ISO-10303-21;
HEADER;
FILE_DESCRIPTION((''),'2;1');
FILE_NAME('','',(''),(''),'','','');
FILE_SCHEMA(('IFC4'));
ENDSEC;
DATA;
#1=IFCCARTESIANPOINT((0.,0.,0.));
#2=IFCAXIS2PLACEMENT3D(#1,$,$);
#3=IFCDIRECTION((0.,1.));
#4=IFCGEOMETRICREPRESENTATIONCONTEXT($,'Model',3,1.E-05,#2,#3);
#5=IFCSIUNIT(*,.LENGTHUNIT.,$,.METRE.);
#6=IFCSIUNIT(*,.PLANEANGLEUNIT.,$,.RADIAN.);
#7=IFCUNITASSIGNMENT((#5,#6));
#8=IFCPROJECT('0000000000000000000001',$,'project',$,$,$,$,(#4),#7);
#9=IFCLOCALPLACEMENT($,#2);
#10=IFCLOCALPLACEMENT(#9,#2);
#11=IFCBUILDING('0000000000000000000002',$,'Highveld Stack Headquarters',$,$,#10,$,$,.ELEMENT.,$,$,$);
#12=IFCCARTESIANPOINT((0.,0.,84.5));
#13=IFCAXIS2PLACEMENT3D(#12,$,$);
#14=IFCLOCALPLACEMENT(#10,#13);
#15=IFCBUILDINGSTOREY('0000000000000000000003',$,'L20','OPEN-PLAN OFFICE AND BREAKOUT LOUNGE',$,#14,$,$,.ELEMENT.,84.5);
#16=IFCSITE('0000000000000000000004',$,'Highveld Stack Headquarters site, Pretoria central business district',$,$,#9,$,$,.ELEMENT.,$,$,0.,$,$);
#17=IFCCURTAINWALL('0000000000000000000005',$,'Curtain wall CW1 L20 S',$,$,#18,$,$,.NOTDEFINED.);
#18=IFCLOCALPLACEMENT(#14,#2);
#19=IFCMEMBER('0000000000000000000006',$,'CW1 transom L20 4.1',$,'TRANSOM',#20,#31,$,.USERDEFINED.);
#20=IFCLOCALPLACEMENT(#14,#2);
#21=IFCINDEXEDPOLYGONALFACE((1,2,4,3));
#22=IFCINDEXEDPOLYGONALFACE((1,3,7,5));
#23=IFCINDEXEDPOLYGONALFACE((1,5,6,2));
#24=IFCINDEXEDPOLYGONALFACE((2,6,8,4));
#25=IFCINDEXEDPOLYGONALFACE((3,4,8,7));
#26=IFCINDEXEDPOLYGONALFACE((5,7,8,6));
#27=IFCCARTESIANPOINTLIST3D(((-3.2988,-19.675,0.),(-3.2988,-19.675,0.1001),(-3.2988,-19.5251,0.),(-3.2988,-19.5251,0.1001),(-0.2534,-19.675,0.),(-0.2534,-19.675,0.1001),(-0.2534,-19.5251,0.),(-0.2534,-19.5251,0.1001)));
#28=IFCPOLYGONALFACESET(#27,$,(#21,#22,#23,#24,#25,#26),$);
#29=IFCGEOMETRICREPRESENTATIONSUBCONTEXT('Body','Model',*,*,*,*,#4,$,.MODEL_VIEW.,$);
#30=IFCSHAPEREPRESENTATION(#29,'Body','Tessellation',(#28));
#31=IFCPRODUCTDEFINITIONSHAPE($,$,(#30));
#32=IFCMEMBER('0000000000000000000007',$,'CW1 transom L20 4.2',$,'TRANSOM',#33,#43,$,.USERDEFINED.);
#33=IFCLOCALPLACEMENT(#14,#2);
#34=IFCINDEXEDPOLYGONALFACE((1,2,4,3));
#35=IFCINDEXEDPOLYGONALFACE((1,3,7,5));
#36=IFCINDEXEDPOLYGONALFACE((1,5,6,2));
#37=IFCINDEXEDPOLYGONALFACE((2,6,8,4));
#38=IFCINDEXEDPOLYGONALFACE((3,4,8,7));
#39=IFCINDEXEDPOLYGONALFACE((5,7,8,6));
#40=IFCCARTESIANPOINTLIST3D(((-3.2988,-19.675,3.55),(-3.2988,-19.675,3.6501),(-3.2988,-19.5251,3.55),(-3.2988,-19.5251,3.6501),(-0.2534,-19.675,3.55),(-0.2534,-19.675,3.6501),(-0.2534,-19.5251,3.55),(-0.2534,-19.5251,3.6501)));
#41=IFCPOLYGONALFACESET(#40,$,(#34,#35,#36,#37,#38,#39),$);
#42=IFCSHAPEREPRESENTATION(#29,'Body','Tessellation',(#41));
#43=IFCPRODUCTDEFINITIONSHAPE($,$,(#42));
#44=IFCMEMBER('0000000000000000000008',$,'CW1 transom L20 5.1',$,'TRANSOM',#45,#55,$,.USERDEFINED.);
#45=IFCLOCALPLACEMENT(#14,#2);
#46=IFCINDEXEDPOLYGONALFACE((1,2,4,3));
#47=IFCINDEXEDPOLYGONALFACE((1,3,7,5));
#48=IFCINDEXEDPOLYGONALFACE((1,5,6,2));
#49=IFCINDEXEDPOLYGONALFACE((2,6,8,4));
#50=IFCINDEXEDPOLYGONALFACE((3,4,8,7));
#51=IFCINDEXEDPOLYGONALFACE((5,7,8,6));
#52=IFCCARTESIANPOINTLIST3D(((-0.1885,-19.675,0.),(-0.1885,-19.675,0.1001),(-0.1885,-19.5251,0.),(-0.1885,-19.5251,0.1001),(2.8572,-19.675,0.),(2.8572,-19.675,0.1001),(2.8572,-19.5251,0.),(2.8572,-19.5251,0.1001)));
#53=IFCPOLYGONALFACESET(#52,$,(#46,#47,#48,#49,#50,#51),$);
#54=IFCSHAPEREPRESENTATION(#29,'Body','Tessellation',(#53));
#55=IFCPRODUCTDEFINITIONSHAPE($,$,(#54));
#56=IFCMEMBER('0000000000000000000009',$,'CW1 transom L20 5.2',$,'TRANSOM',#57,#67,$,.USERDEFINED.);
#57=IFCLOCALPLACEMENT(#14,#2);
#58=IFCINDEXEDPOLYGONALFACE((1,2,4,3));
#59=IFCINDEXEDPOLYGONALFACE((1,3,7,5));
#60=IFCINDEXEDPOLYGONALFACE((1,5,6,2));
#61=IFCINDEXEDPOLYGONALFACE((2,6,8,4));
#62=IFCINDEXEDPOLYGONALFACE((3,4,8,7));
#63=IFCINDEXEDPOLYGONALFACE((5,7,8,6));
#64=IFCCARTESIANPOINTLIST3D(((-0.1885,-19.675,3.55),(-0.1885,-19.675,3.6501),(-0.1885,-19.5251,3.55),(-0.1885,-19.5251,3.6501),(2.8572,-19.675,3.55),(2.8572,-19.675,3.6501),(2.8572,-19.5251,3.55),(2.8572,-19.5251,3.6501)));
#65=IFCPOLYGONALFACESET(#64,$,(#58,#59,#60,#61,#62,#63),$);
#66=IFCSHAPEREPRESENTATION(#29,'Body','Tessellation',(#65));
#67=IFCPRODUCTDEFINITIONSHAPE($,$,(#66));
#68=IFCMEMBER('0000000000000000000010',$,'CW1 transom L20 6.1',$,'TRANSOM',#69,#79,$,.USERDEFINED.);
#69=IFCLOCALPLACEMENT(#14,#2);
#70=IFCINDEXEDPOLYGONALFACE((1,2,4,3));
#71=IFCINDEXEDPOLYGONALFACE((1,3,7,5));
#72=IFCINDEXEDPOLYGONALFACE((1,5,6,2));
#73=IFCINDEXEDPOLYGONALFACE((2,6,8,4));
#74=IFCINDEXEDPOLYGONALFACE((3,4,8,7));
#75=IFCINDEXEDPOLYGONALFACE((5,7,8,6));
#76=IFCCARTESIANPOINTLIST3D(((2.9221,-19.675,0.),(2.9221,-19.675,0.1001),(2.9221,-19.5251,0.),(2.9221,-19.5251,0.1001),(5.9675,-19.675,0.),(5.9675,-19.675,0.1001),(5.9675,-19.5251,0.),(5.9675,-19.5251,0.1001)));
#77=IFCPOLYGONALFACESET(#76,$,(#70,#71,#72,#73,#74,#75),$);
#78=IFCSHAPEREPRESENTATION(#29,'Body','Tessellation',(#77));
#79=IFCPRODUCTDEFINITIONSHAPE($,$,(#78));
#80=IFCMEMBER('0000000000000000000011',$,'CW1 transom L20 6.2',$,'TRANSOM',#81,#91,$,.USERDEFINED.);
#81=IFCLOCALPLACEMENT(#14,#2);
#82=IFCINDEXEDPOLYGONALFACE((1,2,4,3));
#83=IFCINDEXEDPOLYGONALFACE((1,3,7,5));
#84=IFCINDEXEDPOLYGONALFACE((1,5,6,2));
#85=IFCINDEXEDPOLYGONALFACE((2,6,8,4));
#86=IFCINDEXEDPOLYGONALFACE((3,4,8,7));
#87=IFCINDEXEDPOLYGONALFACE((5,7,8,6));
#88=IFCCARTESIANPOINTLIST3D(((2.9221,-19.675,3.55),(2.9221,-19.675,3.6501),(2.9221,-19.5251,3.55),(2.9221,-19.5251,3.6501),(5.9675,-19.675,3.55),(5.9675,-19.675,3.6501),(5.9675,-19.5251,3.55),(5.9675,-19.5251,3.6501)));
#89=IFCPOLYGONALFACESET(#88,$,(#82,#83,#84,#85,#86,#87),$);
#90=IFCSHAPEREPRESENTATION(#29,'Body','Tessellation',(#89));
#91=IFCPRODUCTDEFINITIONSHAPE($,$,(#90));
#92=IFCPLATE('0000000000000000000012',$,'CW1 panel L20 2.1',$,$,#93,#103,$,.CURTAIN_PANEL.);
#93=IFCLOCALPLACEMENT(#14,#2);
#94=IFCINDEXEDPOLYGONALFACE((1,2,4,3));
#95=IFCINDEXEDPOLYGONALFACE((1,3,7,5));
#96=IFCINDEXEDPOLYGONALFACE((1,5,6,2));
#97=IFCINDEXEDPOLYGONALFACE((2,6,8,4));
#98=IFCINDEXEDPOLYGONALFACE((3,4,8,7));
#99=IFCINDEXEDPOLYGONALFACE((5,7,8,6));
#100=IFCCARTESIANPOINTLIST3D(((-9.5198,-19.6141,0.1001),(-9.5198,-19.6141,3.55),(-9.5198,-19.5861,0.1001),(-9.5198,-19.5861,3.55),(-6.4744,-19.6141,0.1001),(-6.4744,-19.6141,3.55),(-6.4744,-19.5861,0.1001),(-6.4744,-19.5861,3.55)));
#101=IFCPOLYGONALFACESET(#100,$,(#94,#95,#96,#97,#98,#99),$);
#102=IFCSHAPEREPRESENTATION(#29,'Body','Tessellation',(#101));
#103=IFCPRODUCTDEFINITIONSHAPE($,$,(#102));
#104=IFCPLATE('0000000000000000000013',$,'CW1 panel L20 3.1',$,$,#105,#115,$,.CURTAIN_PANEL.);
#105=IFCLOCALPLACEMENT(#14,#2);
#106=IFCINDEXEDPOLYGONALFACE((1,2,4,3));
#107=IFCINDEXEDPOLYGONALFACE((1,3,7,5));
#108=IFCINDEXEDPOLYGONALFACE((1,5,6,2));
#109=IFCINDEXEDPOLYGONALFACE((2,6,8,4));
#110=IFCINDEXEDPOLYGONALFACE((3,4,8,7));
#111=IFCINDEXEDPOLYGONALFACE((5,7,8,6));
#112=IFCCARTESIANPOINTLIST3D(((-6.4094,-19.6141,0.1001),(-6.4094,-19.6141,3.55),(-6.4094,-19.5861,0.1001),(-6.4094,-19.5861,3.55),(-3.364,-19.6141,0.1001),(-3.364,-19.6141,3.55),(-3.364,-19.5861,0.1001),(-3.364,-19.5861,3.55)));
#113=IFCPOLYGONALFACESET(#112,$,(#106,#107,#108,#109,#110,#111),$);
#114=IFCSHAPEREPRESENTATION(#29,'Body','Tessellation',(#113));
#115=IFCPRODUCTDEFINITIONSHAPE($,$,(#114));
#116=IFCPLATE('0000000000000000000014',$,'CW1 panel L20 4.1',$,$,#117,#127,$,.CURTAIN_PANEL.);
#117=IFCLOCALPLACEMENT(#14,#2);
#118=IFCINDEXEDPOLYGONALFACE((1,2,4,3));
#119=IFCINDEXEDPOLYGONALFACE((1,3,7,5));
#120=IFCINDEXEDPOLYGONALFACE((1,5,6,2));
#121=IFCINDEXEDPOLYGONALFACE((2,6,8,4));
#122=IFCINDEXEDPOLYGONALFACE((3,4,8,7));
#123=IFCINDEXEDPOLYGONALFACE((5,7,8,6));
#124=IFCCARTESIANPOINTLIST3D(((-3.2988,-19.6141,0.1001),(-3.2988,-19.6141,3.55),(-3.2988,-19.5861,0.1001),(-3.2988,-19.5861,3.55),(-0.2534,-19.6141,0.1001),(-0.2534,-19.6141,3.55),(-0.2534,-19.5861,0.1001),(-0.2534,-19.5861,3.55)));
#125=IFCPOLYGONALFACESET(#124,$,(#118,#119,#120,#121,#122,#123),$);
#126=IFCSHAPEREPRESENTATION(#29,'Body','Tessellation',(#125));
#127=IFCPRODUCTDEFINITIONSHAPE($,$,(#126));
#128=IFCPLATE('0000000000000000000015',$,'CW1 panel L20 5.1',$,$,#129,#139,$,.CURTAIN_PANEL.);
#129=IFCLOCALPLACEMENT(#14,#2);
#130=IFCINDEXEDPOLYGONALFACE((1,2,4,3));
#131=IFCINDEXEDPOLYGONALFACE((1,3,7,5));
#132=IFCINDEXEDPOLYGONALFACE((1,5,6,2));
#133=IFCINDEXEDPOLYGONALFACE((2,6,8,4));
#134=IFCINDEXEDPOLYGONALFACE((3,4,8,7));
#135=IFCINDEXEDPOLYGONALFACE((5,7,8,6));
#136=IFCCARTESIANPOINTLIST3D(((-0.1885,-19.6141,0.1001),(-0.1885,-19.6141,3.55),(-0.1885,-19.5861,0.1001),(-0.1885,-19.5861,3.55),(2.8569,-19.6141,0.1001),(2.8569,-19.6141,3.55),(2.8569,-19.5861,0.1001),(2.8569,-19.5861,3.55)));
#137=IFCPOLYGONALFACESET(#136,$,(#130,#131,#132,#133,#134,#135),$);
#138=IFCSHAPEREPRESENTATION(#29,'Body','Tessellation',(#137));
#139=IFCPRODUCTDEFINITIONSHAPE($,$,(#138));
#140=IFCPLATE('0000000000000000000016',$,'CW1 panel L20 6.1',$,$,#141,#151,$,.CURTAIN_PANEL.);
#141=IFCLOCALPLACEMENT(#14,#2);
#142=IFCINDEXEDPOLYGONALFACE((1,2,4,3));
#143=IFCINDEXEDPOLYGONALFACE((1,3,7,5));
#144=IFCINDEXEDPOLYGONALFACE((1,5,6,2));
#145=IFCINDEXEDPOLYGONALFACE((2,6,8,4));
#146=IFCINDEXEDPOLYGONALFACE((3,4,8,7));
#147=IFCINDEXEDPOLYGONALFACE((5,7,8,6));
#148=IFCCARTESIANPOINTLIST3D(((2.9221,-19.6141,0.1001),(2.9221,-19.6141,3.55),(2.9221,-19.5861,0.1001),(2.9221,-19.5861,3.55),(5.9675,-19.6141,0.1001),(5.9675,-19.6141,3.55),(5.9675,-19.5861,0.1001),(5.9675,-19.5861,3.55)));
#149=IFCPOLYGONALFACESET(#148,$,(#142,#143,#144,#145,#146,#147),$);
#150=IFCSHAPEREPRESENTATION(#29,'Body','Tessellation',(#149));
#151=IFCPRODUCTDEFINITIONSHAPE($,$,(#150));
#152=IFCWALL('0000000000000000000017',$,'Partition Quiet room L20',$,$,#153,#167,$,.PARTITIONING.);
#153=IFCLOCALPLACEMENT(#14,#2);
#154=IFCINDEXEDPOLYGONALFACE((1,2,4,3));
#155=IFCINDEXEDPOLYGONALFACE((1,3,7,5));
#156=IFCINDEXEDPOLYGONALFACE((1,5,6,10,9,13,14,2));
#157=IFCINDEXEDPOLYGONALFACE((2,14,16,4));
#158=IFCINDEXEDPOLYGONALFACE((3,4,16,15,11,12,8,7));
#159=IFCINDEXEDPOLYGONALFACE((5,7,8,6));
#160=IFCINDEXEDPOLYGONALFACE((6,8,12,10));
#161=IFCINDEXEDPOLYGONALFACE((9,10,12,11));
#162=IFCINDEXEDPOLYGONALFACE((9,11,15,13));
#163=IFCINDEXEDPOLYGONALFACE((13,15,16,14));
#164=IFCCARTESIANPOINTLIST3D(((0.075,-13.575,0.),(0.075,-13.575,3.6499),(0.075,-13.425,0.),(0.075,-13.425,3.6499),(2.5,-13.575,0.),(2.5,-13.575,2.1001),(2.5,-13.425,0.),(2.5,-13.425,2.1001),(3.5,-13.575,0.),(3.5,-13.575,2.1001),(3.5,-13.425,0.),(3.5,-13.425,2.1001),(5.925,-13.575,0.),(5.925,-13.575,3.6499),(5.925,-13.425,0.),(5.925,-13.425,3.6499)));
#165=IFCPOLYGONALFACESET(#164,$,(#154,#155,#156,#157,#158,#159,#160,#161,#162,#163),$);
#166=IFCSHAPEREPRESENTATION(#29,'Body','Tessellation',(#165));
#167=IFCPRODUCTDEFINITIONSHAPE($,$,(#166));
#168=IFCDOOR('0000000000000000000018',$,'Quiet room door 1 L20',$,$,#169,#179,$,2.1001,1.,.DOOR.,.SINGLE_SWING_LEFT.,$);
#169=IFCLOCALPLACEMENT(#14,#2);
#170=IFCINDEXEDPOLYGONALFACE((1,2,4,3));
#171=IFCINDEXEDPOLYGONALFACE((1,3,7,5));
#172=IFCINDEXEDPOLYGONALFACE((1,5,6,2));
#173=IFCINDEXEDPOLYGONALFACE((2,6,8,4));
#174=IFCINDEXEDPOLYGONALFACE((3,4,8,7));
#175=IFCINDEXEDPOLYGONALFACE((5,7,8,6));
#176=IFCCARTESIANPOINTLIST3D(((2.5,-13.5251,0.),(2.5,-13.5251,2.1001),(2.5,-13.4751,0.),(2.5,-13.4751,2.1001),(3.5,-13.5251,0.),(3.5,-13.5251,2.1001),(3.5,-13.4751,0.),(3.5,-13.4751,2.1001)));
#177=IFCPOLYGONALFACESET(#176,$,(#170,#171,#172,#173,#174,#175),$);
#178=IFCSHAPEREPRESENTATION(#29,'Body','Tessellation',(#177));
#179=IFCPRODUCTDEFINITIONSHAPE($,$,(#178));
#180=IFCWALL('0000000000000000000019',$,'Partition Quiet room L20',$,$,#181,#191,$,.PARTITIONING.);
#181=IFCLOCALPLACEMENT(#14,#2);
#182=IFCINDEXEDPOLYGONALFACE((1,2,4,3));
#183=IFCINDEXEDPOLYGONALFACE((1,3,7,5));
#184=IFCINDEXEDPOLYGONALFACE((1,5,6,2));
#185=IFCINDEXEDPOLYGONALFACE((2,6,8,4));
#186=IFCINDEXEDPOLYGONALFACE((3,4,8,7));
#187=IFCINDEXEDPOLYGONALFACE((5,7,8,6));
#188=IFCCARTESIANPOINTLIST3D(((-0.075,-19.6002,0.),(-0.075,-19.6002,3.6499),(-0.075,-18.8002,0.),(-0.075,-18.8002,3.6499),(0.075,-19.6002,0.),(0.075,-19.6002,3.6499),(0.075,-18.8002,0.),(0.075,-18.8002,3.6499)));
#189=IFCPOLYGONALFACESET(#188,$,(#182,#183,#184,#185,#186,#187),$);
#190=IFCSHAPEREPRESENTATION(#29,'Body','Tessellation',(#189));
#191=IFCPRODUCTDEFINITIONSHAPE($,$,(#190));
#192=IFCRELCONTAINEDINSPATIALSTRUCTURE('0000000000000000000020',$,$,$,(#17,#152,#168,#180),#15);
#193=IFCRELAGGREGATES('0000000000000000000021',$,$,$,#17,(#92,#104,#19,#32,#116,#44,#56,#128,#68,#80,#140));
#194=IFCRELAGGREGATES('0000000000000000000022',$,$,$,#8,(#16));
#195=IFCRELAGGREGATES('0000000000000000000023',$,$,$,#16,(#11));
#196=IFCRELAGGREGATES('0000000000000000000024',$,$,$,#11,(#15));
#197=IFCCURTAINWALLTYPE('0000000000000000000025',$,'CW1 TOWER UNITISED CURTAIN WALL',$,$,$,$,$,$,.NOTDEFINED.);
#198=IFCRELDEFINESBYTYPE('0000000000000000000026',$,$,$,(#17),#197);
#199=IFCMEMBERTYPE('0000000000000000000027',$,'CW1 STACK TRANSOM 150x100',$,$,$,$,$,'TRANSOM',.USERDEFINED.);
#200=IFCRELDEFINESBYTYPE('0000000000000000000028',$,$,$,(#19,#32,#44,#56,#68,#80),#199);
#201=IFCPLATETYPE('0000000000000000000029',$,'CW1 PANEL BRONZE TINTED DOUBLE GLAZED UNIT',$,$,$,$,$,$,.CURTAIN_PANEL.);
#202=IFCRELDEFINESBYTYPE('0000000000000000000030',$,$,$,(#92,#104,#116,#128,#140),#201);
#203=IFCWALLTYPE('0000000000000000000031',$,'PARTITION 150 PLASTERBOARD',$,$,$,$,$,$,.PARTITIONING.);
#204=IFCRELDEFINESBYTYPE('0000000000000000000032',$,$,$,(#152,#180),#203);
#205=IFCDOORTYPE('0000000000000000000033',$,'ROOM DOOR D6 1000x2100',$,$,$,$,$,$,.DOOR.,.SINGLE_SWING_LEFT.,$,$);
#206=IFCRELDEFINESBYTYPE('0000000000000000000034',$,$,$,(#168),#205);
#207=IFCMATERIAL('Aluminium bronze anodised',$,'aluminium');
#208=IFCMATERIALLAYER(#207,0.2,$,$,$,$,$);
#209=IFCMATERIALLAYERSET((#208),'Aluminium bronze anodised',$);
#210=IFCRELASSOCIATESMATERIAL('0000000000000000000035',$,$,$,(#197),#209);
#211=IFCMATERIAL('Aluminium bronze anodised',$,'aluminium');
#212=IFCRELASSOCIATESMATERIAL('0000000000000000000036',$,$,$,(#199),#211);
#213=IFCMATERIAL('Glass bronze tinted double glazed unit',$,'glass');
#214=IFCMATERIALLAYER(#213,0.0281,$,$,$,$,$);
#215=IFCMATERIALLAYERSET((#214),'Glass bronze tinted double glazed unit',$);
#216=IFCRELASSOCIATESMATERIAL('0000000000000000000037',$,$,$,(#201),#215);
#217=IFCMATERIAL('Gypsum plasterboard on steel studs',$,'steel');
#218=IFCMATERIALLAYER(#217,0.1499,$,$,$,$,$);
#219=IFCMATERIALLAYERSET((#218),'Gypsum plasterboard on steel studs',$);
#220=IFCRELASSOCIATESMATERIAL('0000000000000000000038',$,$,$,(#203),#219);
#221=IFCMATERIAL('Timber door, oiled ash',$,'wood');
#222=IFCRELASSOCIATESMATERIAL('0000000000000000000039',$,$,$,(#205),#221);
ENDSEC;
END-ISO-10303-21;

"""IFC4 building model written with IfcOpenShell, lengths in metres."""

from ifc_helpers import new_model, si_unit, direction, frame, frame_2d, origin, origin_2d, place, context, subcontext, project, spatial, rectangle, extrude, material, layer, layer_set, material_profile, profile_set, type_object, element, fill, aggregate, save


model = new_model("IFC4")

# Units and contexts
model_context = context("Model", 3, precision=1e-05, world=origin(), true_north=direction((0.0, 1.0)))
body_context = subcontext(model_context, "Body", "Model", "MODEL_VIEW")
ifc_project = project(units=[si_unit("LENGTHUNIT", "METRE"), si_unit("PLANEANGLEUNIT", "RADIAN")], contexts=[model_context])

# Site, building, storey
site_placement = place(None, origin())
site = spatial("IfcSite", under=ifc_project, at=site_placement, Name="Highveld Stack Headquarters site, Pretoria central business district", CompositionType="ELEMENT", RefElevation=0.0)
building_placement = place(site_placement, origin())
building = spatial("IfcBuilding", under=site, at=building_placement, Name="Highveld Stack Headquarters", CompositionType="ELEMENT")
storey_placement = place(building_placement, frame((0.0, 0.0, 84.5)))
storey = spatial("IfcBuildingStorey", under=building, at=storey_placement, Name="L20", Description="OPEN-PLAN OFFICE AND BREAKOUT LOUNGE", CompositionType="ELEMENT", Elevation=84.5)

# Curtain wall, members, plates
ifc_material_1 = material(Name="Aluminium bronze anodised", Category="aluminium")
ifc_layer_1 = layer(ifc_material_1, 0.2)
ifc_layer_set_1 = layer_set([ifc_layer_1], Name="Aluminium bronze anodised")
curtain_wall_type = type_object("IfcCurtainWallType", Name="CW1 TOWER UNITISED CURTAIN WALL", PredefinedType="NOTDEFINED", material=ifc_layer_set_1)
curtain_wall_placement = place(storey_placement, origin())
curtain_wall = element("IfcCurtainWall", 1, at=curtain_wall_placement, inside=storey, type_object=curtain_wall_type, Name="Curtain wall CW1 L20 S", PredefinedType="NOTDEFINED")
ifc_material_2 = material(Name="Aluminium bronze anodised", Category="aluminium")
ifc_material_profile_1 = material_profile(ifc_material_2, rectangle(XDim=0.1499, YDim=0.1001, at=origin_2d()), Name="CW1 TRANSOM 150x100")
ifc_profile_set_1 = profile_set([ifc_material_profile_1], Name="Aluminium bronze anodised")
member_type_1 = type_object("IfcMemberType", Name="CW1 STACK TRANSOM 150x100", ElementType="TRANSOM", PredefinedType="USERDEFINED", material=ifc_profile_set_1)
member_1_placement = place(storey_placement, frame((-3.2988, -19.6001, 0.05), z_axis=(1.0, 0.0, 0.0), x_axis=(0.0, 1.0, 0.0)))
member_1 = element("IfcMember", 2, at=member_1_placement, type_object=member_type_1, Name="CW1 transom L20 4.1", ObjectType="TRANSOM", PredefinedType="USERDEFINED", context=body_context, shape_type="SweptSolid", body=[
    extrude(rectangle(XDim=0.1499, YDim=0.1001, at=origin_2d()), origin(), (0.0, 0.0, 1.0), 3.0454),
])
member_2_placement = place(storey_placement, frame((-3.2988, -19.6001, 3.6001), z_axis=(1.0, 0.0, 0.0), x_axis=(0.0, 1.0, 0.0)))
member_2 = element("IfcMember", 3, at=member_2_placement, type_object=member_type_1, Name="CW1 transom L20 4.2", ObjectType="TRANSOM", PredefinedType="USERDEFINED", context=body_context, shape_type="SweptSolid", body=[
    extrude(rectangle(XDim=0.1499, YDim=0.1001, at=origin_2d()), origin(), (0.0, 0.0, 1.0), 3.0454),
])
member_3_placement = place(storey_placement, frame((-0.1885, -19.6001, 0.05), z_axis=(1.0, 0.0, 0.0), x_axis=(0.0, 1.0, 0.0)))
member_3 = element("IfcMember", 4, at=member_3_placement, type_object=member_type_1, Name="CW1 transom L20 5.1", ObjectType="TRANSOM", PredefinedType="USERDEFINED", context=body_context, shape_type="SweptSolid", body=[
    extrude(rectangle(XDim=0.1499, YDim=0.1001, at=origin_2d()), origin(), (0.0, 0.0, 1.0), 3.0457),
])
member_4_placement = place(storey_placement, frame((-0.1885, -19.6001, 3.6001), z_axis=(1.0, 0.0, 0.0), x_axis=(0.0, 1.0, 0.0)))
member_4 = element("IfcMember", 5, at=member_4_placement, type_object=member_type_1, Name="CW1 transom L20 5.2", ObjectType="TRANSOM", PredefinedType="USERDEFINED", context=body_context, shape_type="SweptSolid", body=[
    extrude(rectangle(XDim=0.1499, YDim=0.1001, at=origin_2d()), origin(), (0.0, 0.0, 1.0), 3.0457),
])
member_5_placement = place(storey_placement, frame((2.9221, -19.6001, 0.05), z_axis=(1.0, 0.0, 0.0), x_axis=(0.0, 1.0, 0.0)))
member_5 = element("IfcMember", 6, at=member_5_placement, type_object=member_type_1, Name="CW1 transom L20 6.1", ObjectType="TRANSOM", PredefinedType="USERDEFINED", context=body_context, shape_type="SweptSolid", body=[
    extrude(rectangle(XDim=0.1499, YDim=0.1001, at=origin_2d()), origin(), (0.0, 0.0, 1.0), 3.0454),
])
member_6_placement = place(storey_placement, frame((2.9221, -19.6001, 3.6001), z_axis=(1.0, 0.0, 0.0), x_axis=(0.0, 1.0, 0.0)))
member_6 = element("IfcMember", 7, at=member_6_placement, type_object=member_type_1, Name="CW1 transom L20 6.2", ObjectType="TRANSOM", PredefinedType="USERDEFINED", context=body_context, shape_type="SweptSolid", body=[
    extrude(rectangle(XDim=0.1499, YDim=0.1001, at=origin_2d()), origin(), (0.0, 0.0, 1.0), 3.0454),
])
ifc_material_3 = material(Name="Glass bronze tinted double glazed unit", Category="glass")
ifc_layer_2 = layer(ifc_material_3, 0.0281)
ifc_layer_set_2 = layer_set([ifc_layer_2], Name="Glass bronze tinted double glazed unit")
plate_type = type_object("IfcPlateType", Name="CW1 PANEL BRONZE TINTED DOUBLE GLAZED UNIT", PredefinedType="CURTAIN_PANEL", material=ifc_layer_set_2)
plate_1_placement = place(storey_placement, frame((-7.9971, -19.6001, 0.1001), z_axis=(0.0, 0.0, 1.0), x_axis=(1.0, 0.0, 0.0)))
plate_1 = element("IfcPlate", 8, at=plate_1_placement, type_object=plate_type, Name="CW1 panel L20 2.1", PredefinedType="CURTAIN_PANEL", context=body_context, shape_type="SweptSolid", body=[
    extrude(rectangle(XDim=3.0454, YDim=0.0281, at=origin_2d()), origin(), (0.0, 0.0, 1.0), 3.45),
])
plate_2_placement = place(storey_placement, frame((-4.8867, -19.6001, 0.1001), z_axis=(0.0, 0.0, 1.0), x_axis=(1.0, 0.0, 0.0)))
plate_2 = element("IfcPlate", 9, at=plate_2_placement, type_object=plate_type, Name="CW1 panel L20 3.1", PredefinedType="CURTAIN_PANEL", context=body_context, shape_type="SweptSolid", body=[
    extrude(rectangle(XDim=3.0454, YDim=0.0281, at=origin_2d()), origin(), (0.0, 0.0, 1.0), 3.45),
])
plate_3_placement = place(storey_placement, frame((-1.7761, -19.6001, 0.1001), z_axis=(0.0, 0.0, 1.0), x_axis=(1.0, 0.0, 0.0)))
plate_3 = element("IfcPlate", 10, at=plate_3_placement, type_object=plate_type, Name="CW1 panel L20 4.1", PredefinedType="CURTAIN_PANEL", context=body_context, shape_type="SweptSolid", body=[
    extrude(rectangle(XDim=3.0454, YDim=0.0281, at=origin_2d()), origin(), (0.0, 0.0, 1.0), 3.45),
])
plate_4_placement = place(storey_placement, frame((1.3342, -19.6001, 0.1001), z_axis=(0.0, 0.0, 1.0), x_axis=(1.0, 0.0, 0.0)))
plate_4 = element("IfcPlate", 11, at=plate_4_placement, type_object=plate_type, Name="CW1 panel L20 5.1", PredefinedType="CURTAIN_PANEL", context=body_context, shape_type="SweptSolid", body=[
    extrude(rectangle(XDim=3.0454, YDim=0.0281, at=origin_2d()), origin(), (0.0, 0.0, 1.0), 3.45),
])
plate_5_placement = place(storey_placement, frame((4.4448, -19.6001, 0.1001), z_axis=(0.0, 0.0, 1.0), x_axis=(1.0, 0.0, 0.0)))
plate_5 = element("IfcPlate", 12, at=plate_5_placement, type_object=plate_type, Name="CW1 panel L20 6.1", PredefinedType="CURTAIN_PANEL", context=body_context, shape_type="SweptSolid", body=[
    extrude(rectangle(XDim=3.0454, YDim=0.0281, at=origin_2d()), origin(), (0.0, 0.0, 1.0), 3.45),
])
aggregate(curtain_wall, [plate_1, plate_2, member_1, member_2, plate_3, member_3, member_4, plate_4, member_5, member_6, plate_5])

# Wall, opening, door
ifc_material_4 = material(Name="Gypsum plasterboard on steel studs", Category="steel")
ifc_layer_3 = layer(ifc_material_4, 0.1499)
ifc_layer_set_3 = layer_set([ifc_layer_3], Name="Gypsum plasterboard on steel studs")
wall_type = type_object("IfcWallType", Name="PARTITION 150 PLASTERBOARD", PredefinedType="PARTITIONING", material=ifc_layer_set_3)
wall_1_placement = place(storey_placement, frame((0.075, -13.5, 0.0), z_axis=(0.0, 0.0, 1.0), x_axis=(1.0, 0.0, 0.0)))
wall_1 = element("IfcWall", 13, at=wall_1_placement, inside=storey, type_object=wall_type, Name="Partition Quiet room L20", PredefinedType="PARTITIONING", context=body_context, shape_type="SweptSolid", body=[
    extrude(rectangle(XDim=5.8501, YDim=0.1499, at=frame_2d((2.925, 0.0))), origin(), (0.0, 0.0, 1.0), 3.6499),
])
opening_placement = place(wall_1_placement, frame((2.425, 0.0, 0.0)))
opening = element("IfcOpeningElement", 14, at=opening_placement, cuts=wall_1, PredefinedType="OPENING", context=body_context, shape_type="SweptSolid", body=[
    extrude(rectangle(XDim=1.0, YDim=2.1001, at=frame_2d((0.5, 1.05))), frame((0.0, 0.085, 0.0), z_axis=(0.0, -1.0, 0.0), x_axis=(1.0, 0.0, 0.0)), (0.0, 0.0, 1.0), 0.1699),
])
ifc_material_5 = material(Name="Timber door, oiled ash", Category="wood")
door_type = type_object("IfcDoorType", Name="ROOM DOOR D6 1000x2100", OperationType="SINGLE_SWING_LEFT", PredefinedType="DOOR", material=ifc_material_5)
door_placement = place(opening_placement, origin())
door = element("IfcDoor", 15, at=door_placement, inside=storey, type_object=door_type, Name="Quiet room door 1 L20", OperationType="SINGLE_SWING_LEFT", OverallHeight=2.1001, OverallWidth=1.0, PredefinedType="DOOR", context=body_context, shape_type="SweptSolid", body=[
    extrude(rectangle(XDim=1.0, YDim=2.1001, at=frame_2d((0.5, 1.05))), frame((0.0, 0.0249, 0.0), z_axis=(0.0, -1.0, 0.0), x_axis=(1.0, 0.0, 0.0)), (0.0, 0.0, 1.0), 0.05),
])
fill(opening, door)

# Wall
wall_2_placement = place(storey_placement, frame((0.0, -19.6001, 0.0), z_axis=(0.0, 0.0, 1.0), x_axis=(0.0, 1.0, 0.0)))
element("IfcWall", 16, at=wall_2_placement, inside=storey, type_object=wall_type, Name="Partition Quiet room L20", PredefinedType="PARTITIONING", context=body_context, shape_type="SweptSolid", body=[
    extrude(rectangle(XDim=0.8, YDim=0.1499, at=frame_2d((0.3999, 0.0))), origin(), (0.0, 0.0, 1.0), 3.6499),
])

save(model, "model.ifc")
